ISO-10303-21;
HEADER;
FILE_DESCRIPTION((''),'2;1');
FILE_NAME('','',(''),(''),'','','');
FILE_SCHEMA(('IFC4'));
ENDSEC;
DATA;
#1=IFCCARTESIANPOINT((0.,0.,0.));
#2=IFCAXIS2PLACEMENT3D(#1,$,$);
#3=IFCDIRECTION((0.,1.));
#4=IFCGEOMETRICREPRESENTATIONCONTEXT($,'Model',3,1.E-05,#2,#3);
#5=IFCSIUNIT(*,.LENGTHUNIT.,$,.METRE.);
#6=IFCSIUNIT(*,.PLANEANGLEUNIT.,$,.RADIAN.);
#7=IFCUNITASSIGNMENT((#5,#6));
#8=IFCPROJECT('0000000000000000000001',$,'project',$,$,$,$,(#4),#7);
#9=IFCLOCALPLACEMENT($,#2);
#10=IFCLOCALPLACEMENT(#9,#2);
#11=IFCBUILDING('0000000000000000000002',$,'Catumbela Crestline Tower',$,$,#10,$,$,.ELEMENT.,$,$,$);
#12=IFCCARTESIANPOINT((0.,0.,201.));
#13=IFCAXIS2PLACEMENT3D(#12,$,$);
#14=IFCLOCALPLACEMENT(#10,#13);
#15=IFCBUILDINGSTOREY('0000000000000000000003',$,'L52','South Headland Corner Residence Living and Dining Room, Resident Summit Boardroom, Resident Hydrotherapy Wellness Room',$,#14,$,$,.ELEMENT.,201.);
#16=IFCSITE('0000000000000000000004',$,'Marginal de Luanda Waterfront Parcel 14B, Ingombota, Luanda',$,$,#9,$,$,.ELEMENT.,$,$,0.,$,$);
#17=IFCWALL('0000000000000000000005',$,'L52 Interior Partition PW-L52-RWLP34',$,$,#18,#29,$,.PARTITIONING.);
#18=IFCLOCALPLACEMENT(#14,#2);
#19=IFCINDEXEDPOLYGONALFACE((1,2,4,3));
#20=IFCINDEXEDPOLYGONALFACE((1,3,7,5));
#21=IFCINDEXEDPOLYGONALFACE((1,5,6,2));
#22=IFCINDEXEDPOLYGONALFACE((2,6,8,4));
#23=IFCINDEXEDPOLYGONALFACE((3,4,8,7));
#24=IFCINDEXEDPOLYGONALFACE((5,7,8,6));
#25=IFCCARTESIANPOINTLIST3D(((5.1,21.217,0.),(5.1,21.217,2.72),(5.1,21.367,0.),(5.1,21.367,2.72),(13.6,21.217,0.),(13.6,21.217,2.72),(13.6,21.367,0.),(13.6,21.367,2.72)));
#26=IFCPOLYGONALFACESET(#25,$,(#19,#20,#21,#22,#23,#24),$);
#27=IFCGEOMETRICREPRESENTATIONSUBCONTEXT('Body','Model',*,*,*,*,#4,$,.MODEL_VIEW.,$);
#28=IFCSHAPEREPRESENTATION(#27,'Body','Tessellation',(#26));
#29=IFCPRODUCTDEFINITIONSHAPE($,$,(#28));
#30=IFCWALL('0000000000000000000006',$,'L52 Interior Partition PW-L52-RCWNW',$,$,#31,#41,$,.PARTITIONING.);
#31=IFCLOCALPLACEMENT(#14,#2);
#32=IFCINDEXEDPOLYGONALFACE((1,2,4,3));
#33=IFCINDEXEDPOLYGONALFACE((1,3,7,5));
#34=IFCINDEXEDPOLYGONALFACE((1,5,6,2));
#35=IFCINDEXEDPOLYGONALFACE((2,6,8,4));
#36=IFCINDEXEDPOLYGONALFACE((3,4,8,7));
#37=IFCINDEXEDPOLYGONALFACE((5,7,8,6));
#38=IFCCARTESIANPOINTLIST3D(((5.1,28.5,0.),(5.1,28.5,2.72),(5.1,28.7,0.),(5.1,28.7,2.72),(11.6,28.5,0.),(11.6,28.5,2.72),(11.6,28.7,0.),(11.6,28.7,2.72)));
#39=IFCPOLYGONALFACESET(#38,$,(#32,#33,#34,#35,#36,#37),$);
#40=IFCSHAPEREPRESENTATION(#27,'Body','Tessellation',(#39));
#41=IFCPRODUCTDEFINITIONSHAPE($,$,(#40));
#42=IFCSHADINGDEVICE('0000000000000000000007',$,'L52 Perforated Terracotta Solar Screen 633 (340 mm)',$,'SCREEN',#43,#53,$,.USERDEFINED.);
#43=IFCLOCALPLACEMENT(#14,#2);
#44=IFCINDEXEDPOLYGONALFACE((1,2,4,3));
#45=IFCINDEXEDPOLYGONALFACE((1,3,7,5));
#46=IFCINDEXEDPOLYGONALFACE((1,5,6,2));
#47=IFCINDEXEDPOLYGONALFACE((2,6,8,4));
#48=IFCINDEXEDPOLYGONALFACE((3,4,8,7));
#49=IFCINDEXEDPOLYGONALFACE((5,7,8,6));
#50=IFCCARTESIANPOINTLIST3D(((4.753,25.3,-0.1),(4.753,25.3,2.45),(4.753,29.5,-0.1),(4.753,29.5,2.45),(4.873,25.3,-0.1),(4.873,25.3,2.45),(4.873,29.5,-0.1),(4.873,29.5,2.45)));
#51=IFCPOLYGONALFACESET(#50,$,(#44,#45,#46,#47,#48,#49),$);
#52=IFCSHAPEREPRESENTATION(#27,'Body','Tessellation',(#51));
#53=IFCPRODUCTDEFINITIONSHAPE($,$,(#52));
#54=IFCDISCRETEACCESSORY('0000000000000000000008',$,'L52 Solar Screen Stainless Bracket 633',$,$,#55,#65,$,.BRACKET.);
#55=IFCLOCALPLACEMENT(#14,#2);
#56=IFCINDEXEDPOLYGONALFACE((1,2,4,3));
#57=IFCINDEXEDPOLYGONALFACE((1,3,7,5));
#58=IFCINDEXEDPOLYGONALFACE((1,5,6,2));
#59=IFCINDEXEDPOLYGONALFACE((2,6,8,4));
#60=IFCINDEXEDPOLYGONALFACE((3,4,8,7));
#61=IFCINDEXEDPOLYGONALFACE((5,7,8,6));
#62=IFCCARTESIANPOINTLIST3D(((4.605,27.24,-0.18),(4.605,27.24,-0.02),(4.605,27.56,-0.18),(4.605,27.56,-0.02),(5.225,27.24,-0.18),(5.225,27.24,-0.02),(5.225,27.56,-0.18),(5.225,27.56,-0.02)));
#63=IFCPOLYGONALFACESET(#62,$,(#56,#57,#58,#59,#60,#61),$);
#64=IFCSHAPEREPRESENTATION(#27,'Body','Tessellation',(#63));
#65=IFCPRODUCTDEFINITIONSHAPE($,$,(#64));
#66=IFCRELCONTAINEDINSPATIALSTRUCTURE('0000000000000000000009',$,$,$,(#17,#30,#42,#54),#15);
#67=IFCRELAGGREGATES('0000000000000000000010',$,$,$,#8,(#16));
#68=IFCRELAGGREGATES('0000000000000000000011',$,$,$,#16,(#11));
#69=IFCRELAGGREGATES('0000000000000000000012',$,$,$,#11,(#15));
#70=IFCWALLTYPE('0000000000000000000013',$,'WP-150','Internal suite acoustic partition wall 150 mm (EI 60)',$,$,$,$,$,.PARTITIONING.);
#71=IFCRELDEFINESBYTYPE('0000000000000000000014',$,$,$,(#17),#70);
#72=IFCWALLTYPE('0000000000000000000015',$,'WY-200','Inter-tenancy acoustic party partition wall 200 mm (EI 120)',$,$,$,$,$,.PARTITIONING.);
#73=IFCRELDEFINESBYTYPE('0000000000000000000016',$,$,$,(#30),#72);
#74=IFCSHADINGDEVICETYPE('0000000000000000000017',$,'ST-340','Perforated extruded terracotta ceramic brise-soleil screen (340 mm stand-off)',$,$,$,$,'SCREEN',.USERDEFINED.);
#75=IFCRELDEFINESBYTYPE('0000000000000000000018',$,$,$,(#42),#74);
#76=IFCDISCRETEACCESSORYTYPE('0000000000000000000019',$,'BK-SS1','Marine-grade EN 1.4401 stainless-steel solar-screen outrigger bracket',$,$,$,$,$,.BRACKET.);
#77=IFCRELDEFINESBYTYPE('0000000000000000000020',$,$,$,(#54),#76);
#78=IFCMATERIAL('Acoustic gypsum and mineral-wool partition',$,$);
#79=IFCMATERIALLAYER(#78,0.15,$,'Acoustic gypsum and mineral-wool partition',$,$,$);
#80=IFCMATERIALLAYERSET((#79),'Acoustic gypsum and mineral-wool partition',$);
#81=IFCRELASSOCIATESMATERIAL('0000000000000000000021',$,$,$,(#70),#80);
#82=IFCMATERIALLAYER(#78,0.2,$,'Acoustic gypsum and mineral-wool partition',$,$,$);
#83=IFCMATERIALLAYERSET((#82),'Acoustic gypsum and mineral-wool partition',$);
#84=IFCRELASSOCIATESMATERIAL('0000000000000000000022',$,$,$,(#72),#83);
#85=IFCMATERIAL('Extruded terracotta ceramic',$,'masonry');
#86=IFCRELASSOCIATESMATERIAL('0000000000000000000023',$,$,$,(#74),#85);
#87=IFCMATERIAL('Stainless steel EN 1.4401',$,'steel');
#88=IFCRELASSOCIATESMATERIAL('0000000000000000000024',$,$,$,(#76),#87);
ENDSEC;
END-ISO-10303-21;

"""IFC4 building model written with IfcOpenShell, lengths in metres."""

from ifc_helpers import new_model, si_unit, direction, frame, frame_2d, origin, origin_2d, place, context, subcontext, project, spatial, rectangle, extrude, material, layer, layer_set, type_object, element, save


model = new_model("IFC4")

# Units and contexts
model_context = context("Model", 3, precision=1e-05, world=origin(), true_north=direction((0.0, 1.0)))
body_context = subcontext(model_context, "Body", "Model", "MODEL_VIEW")
ifc_project = project(units=[si_unit("LENGTHUNIT", "METRE"), si_unit("PLANEANGLEUNIT", "RADIAN")], contexts=[model_context])

# Site, building, storey
site_placement = place(None, origin())
site = spatial("IfcSite", under=ifc_project, at=site_placement, Name="Marginal de Luanda Waterfront Parcel 14B, Ingombota, Luanda", CompositionType="ELEMENT", RefElevation=0.0)
building_placement = place(site_placement, origin())
building = spatial("IfcBuilding", under=site, at=building_placement, Name="Catumbela Crestline Tower", CompositionType="ELEMENT")
storey_placement = place(building_placement, frame((0.0, 0.0, 201.0)))
storey = spatial("IfcBuildingStorey", under=building, at=storey_placement, Name="L52", Description="South Headland Corner Residence Living and Dining Room, Resident Summit Boardroom, Resident Hydrotherapy Wellness Room", CompositionType="ELEMENT", Elevation=201.0)

# Walls
ifc_material_1 = material(Name="Acoustic gypsum and mineral-wool partition")
ifc_layer_1 = layer(ifc_material_1, 0.15, Name="Acoustic gypsum and mineral-wool partition")
ifc_layer_set_1 = layer_set([ifc_layer_1], Name="Acoustic gypsum and mineral-wool partition")
wall_type_1 = type_object("IfcWallType", Name="WP-150", Description="Internal suite acoustic partition wall 150 mm (EI 60)", PredefinedType="PARTITIONING", material=ifc_layer_set_1)
wall_1_placement = place(storey_placement, frame((5.1, 21.292, 0.0), z_axis=(0.0, 0.0, 1.0), x_axis=(1.0, 0.0, 0.0)))
element("IfcWall", 1, at=wall_1_placement, inside=storey, type_object=wall_type_1, Name="L52 Interior Partition PW-L52-RWLP34", PredefinedType="PARTITIONING", context=body_context, shape_type="SweptSolid", body=[
    extrude(rectangle(XDim=8.5, YDim=0.15, at=frame_2d((4.25, 0.0))), origin(), (0.0, 0.0, 1.0), 2.72),
])
ifc_layer_2 = layer(ifc_material_1, 0.2, Name="Acoustic gypsum and mineral-wool partition")
ifc_layer_set_2 = layer_set([ifc_layer_2], Name="Acoustic gypsum and mineral-wool partition")
wall_type_2 = type_object("IfcWallType", Name="WY-200", Description="Inter-tenancy acoustic party partition wall 200 mm (EI 120)", PredefinedType="PARTITIONING", material=ifc_layer_set_2)
wall_2_placement = place(storey_placement, frame((5.1, 28.6, 0.0), z_axis=(0.0, 0.0, 1.0), x_axis=(1.0, 0.0, 0.0)))
element("IfcWall", 2, at=wall_2_placement, inside=storey, type_object=wall_type_2, Name="L52 Interior Partition PW-L52-RCWNW", PredefinedType="PARTITIONING", context=body_context, shape_type="SweptSolid", body=[
    extrude(rectangle(XDim=6.5, YDim=0.2, at=frame_2d((3.25, 0.0))), origin(), (0.0, 0.0, 1.0), 2.72),
])

# Shading device
ifc_material_2 = material(Name="Extruded terracotta ceramic", Category="masonry")
shading_device_type = type_object("IfcShadingDeviceType", Name="ST-340", Description="Perforated extruded terracotta ceramic brise-soleil screen (340 mm stand-off)", ElementType="SCREEN", PredefinedType="USERDEFINED", material=ifc_material_2)
shading_device_placement = place(storey_placement, frame((4.813, 27.4, -0.1), z_axis=(0.0, 0.0, 1.0), x_axis=(0.0, -1.0, 0.0)))
element("IfcShadingDevice", 3, at=shading_device_placement, inside=storey, type_object=shading_device_type, Name="L52 Perforated Terracotta Solar Screen 633 (340 mm)", ObjectType="SCREEN", PredefinedType="USERDEFINED", context=body_context, shape_type="SweptSolid", body=[
    extrude(rectangle(XDim=4.2, YDim=0.12, at=origin_2d()), origin(), (0.0, 0.0, 1.0), 2.55),
])

# Discrete accessory
ifc_material_3 = material(Name="Stainless steel EN 1.4401", Category="steel")
discrete_accessory_type = type_object("IfcDiscreteAccessoryType", Name="BK-SS1", Description="Marine-grade EN 1.4401 stainless-steel solar-screen outrigger bracket", PredefinedType="BRACKET", material=ifc_material_3)
discrete_accessory_placement = place(storey_placement, frame((4.915, 27.4, -0.18), z_axis=(0.0, 0.0, 1.0), x_axis=(0.0, -1.0, 0.0)))
element("IfcDiscreteAccessory", 4, at=discrete_accessory_placement, inside=storey, type_object=discrete_accessory_type, Name="L52 Solar Screen Stainless Bracket 633", PredefinedType="BRACKET", context=body_context, shape_type="SweptSolid", body=[
    extrude(rectangle(XDim=0.32, YDim=0.62, at=origin_2d()), origin(), (0.0, 0.0, 1.0), 0.16),
])

save(model, "model.ifc")
